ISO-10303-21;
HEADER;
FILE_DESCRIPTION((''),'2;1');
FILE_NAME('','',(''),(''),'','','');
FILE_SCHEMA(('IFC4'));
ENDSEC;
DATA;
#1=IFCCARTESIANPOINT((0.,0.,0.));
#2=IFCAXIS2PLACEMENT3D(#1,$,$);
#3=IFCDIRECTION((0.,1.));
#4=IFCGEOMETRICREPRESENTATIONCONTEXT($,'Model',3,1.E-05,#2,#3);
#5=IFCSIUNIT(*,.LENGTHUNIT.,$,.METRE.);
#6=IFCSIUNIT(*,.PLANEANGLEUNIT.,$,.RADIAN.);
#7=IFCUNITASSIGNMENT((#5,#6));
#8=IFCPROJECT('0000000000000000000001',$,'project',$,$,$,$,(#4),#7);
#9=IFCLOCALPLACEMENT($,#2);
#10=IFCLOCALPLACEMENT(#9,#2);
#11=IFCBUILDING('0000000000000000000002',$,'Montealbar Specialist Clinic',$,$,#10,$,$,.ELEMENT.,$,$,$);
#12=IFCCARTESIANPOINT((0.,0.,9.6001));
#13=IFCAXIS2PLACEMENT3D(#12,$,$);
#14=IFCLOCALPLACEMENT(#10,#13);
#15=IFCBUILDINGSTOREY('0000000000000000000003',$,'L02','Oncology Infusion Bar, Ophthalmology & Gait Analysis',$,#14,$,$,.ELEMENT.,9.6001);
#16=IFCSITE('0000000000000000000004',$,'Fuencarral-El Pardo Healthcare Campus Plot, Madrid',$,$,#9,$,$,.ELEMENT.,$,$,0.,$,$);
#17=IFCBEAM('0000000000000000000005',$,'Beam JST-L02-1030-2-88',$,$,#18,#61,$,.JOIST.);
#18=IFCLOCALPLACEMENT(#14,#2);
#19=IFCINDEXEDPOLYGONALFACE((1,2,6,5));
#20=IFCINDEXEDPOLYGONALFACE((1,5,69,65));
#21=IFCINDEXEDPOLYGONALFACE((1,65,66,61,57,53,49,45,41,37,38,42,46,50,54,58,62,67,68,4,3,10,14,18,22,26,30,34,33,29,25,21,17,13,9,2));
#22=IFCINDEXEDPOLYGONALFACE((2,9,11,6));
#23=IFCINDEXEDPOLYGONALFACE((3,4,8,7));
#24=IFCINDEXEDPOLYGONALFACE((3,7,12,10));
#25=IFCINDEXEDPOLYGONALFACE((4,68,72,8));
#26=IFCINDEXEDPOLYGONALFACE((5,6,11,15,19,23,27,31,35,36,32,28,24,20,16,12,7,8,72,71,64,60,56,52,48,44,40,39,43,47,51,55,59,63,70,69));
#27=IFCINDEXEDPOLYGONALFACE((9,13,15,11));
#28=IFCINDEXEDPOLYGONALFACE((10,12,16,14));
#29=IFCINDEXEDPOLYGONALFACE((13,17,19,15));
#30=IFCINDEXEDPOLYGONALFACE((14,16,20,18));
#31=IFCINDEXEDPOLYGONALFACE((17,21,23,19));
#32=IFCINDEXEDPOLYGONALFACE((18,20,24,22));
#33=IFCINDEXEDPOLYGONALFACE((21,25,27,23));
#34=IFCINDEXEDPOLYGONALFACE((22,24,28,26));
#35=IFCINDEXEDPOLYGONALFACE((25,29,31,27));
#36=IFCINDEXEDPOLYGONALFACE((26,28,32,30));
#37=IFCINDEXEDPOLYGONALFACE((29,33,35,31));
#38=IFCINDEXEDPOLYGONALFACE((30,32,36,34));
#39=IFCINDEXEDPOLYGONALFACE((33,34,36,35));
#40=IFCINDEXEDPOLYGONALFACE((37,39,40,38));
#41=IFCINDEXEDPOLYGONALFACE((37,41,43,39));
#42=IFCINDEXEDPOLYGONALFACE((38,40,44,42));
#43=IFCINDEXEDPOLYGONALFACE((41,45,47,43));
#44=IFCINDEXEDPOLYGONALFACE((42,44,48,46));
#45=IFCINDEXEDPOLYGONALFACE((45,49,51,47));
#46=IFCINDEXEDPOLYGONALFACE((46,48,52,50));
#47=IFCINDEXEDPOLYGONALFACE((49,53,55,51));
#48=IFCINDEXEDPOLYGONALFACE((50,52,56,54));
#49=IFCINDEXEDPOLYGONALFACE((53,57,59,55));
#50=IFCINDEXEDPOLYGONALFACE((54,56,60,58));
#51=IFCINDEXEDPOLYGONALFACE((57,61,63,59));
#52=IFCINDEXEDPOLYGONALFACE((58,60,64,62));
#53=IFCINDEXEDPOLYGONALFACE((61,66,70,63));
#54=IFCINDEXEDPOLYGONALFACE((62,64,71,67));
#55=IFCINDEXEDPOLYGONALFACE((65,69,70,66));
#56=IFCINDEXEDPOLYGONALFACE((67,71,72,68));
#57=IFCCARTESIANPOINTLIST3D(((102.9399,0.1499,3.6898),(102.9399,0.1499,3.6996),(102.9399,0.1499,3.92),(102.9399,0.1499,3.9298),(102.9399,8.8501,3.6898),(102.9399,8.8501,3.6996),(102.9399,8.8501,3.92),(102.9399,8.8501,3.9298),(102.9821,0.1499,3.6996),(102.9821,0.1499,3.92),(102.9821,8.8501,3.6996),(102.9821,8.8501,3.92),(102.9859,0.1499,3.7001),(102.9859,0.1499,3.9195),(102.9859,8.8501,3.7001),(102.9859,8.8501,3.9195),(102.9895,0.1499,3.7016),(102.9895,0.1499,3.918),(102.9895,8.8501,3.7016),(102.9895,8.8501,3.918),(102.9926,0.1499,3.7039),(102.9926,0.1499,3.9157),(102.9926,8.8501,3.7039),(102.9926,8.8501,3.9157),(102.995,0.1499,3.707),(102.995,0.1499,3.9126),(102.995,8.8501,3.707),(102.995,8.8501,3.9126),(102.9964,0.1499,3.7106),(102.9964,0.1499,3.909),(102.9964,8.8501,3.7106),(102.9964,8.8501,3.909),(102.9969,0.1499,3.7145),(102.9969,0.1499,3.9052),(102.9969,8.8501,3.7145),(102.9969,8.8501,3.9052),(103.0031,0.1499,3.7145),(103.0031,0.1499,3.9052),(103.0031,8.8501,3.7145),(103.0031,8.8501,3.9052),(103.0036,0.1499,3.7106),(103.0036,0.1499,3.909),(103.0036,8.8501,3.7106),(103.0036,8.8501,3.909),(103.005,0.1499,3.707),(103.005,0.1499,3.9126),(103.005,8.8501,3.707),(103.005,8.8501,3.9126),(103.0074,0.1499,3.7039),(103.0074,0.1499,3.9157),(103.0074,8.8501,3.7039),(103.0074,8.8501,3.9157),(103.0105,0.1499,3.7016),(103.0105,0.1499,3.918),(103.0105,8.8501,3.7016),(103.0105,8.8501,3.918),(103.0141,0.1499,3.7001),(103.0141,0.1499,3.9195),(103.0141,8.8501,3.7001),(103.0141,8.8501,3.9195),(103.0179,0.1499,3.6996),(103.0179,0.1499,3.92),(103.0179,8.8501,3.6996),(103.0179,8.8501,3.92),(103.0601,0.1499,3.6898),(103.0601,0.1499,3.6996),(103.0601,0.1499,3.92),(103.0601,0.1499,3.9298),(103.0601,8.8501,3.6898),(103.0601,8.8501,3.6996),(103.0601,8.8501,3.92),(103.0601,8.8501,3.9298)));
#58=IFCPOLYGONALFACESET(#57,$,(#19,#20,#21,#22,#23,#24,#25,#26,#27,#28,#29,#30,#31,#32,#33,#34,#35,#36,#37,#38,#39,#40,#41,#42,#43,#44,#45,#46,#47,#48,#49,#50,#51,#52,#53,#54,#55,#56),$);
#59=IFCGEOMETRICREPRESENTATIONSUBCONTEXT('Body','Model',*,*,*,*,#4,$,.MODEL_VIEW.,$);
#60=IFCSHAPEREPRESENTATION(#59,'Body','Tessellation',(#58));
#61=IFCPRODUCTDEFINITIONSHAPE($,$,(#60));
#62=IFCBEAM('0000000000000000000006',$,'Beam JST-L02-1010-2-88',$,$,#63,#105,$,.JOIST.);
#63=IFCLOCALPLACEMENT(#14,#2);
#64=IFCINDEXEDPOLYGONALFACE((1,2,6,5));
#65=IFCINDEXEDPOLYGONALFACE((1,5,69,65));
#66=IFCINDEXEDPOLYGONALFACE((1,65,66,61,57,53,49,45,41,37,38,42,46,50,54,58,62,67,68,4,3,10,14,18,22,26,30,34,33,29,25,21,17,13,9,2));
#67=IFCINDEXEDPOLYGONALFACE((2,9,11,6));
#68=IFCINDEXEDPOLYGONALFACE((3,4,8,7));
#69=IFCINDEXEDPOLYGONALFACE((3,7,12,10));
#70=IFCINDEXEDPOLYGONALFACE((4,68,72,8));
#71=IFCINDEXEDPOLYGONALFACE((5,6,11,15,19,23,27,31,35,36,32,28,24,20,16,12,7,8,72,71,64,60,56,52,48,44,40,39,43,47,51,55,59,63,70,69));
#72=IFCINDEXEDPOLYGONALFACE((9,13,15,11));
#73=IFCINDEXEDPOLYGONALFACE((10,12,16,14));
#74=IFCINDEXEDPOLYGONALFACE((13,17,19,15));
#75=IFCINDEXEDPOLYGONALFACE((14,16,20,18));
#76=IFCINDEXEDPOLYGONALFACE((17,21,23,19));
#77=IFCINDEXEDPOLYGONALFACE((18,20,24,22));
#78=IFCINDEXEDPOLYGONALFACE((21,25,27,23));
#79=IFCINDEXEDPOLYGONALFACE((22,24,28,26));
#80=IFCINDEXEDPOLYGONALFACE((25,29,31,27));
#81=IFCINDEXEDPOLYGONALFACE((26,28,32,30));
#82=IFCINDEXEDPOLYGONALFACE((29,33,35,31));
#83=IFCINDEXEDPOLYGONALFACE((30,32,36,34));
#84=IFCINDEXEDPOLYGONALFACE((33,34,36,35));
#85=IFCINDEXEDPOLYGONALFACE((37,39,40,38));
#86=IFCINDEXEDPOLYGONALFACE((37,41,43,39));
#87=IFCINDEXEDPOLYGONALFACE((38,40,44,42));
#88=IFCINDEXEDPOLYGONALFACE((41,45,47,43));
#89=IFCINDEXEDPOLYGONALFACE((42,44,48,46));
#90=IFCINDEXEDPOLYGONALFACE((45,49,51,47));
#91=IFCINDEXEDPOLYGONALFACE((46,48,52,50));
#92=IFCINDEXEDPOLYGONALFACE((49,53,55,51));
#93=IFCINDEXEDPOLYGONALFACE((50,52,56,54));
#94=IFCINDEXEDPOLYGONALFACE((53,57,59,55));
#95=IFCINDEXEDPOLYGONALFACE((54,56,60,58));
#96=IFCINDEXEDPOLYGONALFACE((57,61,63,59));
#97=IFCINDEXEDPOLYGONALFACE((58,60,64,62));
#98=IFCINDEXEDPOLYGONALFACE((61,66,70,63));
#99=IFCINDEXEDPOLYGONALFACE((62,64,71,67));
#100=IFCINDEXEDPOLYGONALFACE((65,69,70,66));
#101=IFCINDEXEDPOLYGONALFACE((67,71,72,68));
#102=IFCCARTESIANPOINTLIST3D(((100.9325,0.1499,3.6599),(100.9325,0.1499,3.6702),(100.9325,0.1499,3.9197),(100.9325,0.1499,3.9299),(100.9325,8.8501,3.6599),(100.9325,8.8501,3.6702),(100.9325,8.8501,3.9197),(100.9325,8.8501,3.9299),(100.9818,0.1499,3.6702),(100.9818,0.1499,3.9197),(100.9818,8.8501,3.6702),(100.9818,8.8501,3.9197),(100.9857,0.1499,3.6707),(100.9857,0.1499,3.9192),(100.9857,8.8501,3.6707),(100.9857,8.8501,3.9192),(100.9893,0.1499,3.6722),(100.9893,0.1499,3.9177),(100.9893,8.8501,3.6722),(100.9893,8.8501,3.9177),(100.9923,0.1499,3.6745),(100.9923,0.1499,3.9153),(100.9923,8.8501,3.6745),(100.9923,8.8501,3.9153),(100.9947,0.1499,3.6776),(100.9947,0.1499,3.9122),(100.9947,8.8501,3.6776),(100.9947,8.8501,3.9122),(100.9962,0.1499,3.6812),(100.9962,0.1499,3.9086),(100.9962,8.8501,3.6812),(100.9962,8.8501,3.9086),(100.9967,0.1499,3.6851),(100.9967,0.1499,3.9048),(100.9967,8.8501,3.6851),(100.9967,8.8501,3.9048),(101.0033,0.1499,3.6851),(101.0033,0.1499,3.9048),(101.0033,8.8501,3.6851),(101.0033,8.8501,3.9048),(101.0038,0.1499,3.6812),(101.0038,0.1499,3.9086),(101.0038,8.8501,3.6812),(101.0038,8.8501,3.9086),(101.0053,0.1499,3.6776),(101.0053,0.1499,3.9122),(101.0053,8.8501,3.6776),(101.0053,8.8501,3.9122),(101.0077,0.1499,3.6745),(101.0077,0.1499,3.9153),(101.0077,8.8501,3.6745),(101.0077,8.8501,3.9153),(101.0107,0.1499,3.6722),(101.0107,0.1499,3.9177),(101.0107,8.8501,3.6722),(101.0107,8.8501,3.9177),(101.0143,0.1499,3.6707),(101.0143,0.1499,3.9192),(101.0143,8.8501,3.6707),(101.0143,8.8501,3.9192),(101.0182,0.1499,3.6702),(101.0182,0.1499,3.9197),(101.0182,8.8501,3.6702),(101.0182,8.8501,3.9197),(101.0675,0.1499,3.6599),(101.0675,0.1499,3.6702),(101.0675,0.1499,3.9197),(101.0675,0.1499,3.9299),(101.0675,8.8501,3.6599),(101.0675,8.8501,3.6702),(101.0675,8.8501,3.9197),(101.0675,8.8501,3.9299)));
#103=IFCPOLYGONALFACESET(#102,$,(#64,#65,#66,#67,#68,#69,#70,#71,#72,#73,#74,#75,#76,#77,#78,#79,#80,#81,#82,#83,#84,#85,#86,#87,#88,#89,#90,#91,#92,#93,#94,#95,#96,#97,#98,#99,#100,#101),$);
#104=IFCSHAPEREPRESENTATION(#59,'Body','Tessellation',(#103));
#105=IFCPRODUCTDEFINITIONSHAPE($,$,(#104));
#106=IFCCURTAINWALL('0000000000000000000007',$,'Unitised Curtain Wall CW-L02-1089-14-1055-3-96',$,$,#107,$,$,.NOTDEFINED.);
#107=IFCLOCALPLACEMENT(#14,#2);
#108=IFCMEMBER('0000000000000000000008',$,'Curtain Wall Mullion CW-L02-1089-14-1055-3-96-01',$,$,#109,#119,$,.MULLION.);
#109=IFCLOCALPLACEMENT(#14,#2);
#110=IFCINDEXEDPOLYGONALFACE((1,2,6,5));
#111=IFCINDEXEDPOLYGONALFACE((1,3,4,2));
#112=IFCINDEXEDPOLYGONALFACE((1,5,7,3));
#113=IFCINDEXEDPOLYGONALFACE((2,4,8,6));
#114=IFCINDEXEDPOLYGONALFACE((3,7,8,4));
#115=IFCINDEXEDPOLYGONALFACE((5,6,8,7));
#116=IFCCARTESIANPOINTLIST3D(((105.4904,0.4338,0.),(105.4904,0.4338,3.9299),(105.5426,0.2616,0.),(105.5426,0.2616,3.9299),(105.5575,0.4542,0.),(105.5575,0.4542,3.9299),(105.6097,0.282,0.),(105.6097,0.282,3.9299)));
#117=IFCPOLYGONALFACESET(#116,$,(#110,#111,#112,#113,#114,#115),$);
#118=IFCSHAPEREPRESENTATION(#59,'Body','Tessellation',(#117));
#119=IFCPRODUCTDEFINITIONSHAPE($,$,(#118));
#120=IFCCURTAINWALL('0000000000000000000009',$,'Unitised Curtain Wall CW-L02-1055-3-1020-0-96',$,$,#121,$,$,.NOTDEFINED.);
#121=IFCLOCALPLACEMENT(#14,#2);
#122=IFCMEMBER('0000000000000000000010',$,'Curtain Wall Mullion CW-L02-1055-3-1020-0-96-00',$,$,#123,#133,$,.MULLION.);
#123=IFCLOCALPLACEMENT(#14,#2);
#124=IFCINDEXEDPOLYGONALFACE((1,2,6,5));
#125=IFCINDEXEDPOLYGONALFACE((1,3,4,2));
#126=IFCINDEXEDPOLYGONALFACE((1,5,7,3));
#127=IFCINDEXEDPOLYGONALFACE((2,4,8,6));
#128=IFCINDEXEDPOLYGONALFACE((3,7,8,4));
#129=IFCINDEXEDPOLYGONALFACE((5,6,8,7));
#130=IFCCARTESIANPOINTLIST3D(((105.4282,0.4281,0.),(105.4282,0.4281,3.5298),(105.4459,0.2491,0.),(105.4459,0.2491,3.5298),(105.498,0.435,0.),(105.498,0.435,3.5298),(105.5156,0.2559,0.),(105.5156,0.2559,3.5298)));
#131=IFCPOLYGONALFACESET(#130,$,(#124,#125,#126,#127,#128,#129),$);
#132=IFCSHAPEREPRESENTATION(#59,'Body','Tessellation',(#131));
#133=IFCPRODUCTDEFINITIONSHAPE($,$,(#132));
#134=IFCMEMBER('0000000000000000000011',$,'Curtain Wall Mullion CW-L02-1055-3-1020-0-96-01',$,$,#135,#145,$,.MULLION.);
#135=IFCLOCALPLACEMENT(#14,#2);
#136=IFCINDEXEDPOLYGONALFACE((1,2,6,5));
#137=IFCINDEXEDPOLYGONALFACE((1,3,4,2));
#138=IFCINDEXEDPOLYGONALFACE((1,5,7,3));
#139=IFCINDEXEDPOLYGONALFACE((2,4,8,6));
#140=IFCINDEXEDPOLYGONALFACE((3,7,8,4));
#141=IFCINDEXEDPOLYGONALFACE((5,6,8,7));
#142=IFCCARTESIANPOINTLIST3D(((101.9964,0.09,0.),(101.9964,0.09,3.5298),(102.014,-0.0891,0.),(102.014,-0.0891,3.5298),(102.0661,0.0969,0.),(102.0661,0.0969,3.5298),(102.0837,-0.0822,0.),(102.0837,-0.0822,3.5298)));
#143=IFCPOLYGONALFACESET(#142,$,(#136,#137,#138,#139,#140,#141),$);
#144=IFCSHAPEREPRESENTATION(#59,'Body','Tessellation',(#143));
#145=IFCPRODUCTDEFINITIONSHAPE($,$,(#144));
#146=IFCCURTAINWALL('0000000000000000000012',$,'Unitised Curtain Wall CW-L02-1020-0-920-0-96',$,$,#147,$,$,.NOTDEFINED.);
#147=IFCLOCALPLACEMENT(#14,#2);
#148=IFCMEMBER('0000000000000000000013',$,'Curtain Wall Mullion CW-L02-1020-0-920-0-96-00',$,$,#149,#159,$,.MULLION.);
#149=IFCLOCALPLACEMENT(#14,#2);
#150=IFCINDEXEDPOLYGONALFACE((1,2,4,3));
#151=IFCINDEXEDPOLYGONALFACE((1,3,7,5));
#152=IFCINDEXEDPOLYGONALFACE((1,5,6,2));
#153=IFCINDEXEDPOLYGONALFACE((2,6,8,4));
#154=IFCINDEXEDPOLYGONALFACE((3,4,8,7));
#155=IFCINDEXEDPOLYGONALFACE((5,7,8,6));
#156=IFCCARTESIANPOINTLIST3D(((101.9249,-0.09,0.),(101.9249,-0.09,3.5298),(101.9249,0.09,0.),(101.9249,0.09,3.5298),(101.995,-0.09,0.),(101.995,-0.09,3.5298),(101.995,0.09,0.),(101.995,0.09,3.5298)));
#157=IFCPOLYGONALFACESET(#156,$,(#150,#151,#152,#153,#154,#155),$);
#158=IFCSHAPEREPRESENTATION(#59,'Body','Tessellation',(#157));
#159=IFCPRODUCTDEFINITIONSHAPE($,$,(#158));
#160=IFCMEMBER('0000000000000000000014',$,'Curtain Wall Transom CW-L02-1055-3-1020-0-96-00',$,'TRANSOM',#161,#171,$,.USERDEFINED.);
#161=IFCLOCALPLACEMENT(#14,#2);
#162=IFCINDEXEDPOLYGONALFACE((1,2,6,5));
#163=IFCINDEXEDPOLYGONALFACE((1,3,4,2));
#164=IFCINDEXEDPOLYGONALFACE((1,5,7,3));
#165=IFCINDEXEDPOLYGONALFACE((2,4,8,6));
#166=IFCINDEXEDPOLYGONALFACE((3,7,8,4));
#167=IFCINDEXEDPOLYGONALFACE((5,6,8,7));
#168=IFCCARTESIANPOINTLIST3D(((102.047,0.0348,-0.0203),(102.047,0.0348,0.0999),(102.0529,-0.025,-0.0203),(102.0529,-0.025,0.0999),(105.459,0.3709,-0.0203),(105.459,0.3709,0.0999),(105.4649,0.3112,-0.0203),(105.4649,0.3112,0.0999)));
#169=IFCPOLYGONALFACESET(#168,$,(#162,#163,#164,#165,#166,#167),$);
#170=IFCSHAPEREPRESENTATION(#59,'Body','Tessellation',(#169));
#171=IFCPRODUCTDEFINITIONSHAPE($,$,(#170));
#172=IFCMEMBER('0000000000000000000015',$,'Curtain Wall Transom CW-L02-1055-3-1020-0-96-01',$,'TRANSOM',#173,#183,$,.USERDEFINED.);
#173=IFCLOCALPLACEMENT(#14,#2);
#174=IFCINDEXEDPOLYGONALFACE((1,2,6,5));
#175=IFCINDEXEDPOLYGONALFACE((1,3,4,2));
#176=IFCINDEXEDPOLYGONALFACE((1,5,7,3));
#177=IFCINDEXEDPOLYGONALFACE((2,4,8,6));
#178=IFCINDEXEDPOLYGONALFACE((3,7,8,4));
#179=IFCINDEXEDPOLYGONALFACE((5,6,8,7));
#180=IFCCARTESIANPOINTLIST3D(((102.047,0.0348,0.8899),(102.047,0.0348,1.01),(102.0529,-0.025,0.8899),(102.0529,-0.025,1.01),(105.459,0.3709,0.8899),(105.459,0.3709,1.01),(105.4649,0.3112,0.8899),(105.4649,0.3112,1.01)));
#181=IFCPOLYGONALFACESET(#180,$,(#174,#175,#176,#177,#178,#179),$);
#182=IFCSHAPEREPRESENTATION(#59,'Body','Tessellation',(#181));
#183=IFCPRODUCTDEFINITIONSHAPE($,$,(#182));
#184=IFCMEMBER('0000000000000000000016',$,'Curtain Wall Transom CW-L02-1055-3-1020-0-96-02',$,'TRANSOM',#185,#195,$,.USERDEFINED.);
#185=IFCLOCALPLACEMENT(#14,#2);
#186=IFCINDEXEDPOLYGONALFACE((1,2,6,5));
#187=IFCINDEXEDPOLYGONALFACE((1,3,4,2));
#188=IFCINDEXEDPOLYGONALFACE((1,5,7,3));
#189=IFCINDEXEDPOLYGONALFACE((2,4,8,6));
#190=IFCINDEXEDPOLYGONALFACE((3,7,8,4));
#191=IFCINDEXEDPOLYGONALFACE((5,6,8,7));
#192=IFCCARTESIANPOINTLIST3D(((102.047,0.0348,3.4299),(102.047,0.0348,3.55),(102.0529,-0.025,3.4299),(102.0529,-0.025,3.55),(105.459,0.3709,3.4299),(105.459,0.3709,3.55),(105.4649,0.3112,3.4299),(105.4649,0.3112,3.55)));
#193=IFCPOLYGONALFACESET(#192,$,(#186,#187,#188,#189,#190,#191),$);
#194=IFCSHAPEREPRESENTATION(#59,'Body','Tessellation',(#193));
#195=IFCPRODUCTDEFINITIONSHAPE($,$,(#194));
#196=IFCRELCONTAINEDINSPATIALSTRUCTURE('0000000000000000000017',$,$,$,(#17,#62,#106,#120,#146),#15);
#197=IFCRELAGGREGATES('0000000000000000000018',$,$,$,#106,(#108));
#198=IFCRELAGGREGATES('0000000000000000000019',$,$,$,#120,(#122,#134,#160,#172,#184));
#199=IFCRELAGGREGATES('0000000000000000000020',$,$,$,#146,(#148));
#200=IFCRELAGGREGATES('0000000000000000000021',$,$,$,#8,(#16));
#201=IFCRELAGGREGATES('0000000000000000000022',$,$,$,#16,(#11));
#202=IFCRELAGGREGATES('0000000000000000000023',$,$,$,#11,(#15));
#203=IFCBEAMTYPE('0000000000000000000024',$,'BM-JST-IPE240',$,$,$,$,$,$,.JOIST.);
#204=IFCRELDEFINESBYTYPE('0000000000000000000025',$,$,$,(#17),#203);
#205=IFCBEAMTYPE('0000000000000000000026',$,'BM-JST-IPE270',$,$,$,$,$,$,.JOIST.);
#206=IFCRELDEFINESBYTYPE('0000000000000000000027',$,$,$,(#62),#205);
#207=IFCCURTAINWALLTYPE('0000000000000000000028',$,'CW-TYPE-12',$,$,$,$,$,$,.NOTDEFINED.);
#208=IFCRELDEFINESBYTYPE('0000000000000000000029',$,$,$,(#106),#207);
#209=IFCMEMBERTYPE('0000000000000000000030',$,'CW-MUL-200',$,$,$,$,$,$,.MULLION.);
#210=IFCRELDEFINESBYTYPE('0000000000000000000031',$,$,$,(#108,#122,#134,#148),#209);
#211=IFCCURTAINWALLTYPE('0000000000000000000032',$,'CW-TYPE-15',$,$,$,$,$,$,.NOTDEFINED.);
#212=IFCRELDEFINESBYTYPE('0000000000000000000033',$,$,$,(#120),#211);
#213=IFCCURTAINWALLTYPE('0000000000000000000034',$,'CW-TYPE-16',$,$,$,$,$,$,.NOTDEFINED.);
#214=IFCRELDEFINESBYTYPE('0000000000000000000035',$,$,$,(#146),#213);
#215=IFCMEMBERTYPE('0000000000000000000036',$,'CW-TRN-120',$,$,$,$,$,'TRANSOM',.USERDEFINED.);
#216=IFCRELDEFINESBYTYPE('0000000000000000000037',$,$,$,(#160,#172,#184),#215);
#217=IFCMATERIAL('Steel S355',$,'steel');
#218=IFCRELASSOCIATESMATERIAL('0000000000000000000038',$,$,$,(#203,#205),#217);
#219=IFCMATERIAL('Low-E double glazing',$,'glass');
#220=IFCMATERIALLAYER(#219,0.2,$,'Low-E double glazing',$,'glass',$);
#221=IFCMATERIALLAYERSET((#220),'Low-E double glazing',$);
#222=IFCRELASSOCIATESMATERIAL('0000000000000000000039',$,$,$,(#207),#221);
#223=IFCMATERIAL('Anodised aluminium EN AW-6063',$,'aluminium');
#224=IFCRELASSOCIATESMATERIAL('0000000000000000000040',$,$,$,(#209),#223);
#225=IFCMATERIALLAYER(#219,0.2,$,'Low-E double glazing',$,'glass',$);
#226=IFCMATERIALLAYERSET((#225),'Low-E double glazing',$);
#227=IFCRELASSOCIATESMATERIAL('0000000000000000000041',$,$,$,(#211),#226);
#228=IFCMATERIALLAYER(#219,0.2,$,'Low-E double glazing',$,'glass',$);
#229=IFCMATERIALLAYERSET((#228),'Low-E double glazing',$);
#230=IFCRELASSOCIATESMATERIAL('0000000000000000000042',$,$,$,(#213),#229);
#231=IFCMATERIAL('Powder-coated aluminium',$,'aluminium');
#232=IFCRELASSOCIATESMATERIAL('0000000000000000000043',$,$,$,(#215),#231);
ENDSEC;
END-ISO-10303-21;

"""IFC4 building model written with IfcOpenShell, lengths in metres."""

from ifc_helpers import new_model, si_unit, direction, frame, origin, origin_2d, place, context, subcontext, project, spatial, rectangle, i_section, extrude, material, layer, layer_set, material_profile, profile_set, type_object, element, aggregate, save


model = new_model("IFC4")

# Units and contexts
model_context = context("Model", 3, precision=1e-05, world=origin(), true_north=direction((0.0, 1.0)))
body_context = subcontext(model_context, "Body", "Model", "MODEL_VIEW")
ifc_project = project(units=[si_unit("LENGTHUNIT", "METRE"), si_unit("PLANEANGLEUNIT", "RADIAN")], contexts=[model_context])

# Site, building, storey
site_placement = place(None, origin())
site = spatial("IfcSite", under=ifc_project, at=site_placement, Name="Fuencarral-El Pardo Healthcare Campus Plot, Madrid", CompositionType="ELEMENT", RefElevation=0.0)
building_placement = place(site_placement, origin())
building = spatial("IfcBuilding", under=site, at=building_placement, Name="Montealbar Specialist Clinic", CompositionType="ELEMENT")
storey_placement = place(building_placement, frame((0.0, 0.0, 9.6001)))
storey = spatial("IfcBuildingStorey", under=building, at=storey_placement, Name="L02", Description="Oncology Infusion Bar, Ophthalmology & Gait Analysis", CompositionType="ELEMENT", Elevation=9.6001)

# Shared definitions
ifc_material_1 = material(Name="Steel S355", Category="steel")

# Beams
ifc_material_profile_1 = material_profile(ifc_material_1, i_section(OverallWidth=0.1201, OverallDepth=0.24, WebThickness=0.0061, FlangeThickness=0.0098, FilletRadius=0.0149, at=origin_2d()), Name="IPE 240", Category="steel")
ifc_profile_set_1 = profile_set([ifc_material_profile_1], Name="Steel S355")
beam_type_1 = type_object("IfcBeamType", Name="BM-JST-IPE240", PredefinedType="JOIST", material=ifc_profile_set_1)
beam_1_placement = place(storey_placement, frame((103.0, 0.1499, 3.8098), z_axis=(0.0, 1.0, 0.0), x_axis=(-1.0, 0.0, 0.0)))
element("IfcBeam", 1, at=beam_1_placement, inside=storey, type_object=beam_type_1, Name="Beam JST-L02-1030-2-88", PredefinedType="JOIST", context=body_context, shape_type="SweptSolid", body=[
    extrude(i_section(OverallWidth=0.1201, OverallDepth=0.24, WebThickness=0.0061, FlangeThickness=0.0098, FilletRadius=0.0149, at=origin_2d()), origin(), (0.0, 0.0, 1.0), 8.7002),
])
ifc_material_profile_2 = material_profile(ifc_material_1, i_section(OverallWidth=0.135, OverallDepth=0.27, WebThickness=0.0066, FlangeThickness=0.0103, FilletRadius=0.0149, at=origin_2d()), Name="IPE 270", Category="steel")
ifc_profile_set_2 = profile_set([ifc_material_profile_2], Name="Steel S355")
beam_type_2 = type_object("IfcBeamType", Name="BM-JST-IPE270", PredefinedType="JOIST", material=ifc_profile_set_2)
beam_2_placement = place(storey_placement, frame((101.0, 0.1499, 3.7949), z_axis=(0.0, 1.0, 0.0), x_axis=(-1.0, 0.0, 0.0)))
element("IfcBeam", 2, at=beam_2_placement, inside=storey, type_object=beam_type_2, Name="Beam JST-L02-1010-2-88", PredefinedType="JOIST", context=body_context, shape_type="SweptSolid", body=[
    extrude(i_section(OverallWidth=0.135, OverallDepth=0.27, WebThickness=0.0066, FlangeThickness=0.0103, FilletRadius=0.0149, at=origin_2d()), origin(), (0.0, 0.0, 1.0), 8.7002),
])

# Curtain wall, member
ifc_material_2 = material(Name="Low-E double glazing", Category="glass")
ifc_layer_1 = layer(ifc_material_2, 0.2, Name="Low-E double glazing", Category="glass")
ifc_layer_set_1 = layer_set([ifc_layer_1], Name="Low-E double glazing")
curtain_wall_type_1 = type_object("IfcCurtainWallType", Name="CW-TYPE-12", PredefinedType="NOTDEFINED", material=ifc_layer_set_1)
curtain_wall_1_placement = place(storey_placement, origin())
curtain_wall_1 = element("IfcCurtainWall", 3, at=curtain_wall_1_placement, inside=storey, type_object=curtain_wall_type_1, Name="Unitised Curtain Wall CW-L02-1089-14-1055-3-96", PredefinedType="NOTDEFINED")
ifc_material_3 = material(Name="Anodised aluminium EN AW-6063", Category="aluminium")
ifc_material_profile_3 = material_profile(ifc_material_3, rectangle(XDim=0.0701, YDim=0.1799, at=origin_2d()), Name="ALU 70x180", Category="aluminium")
ifc_profile_set_3 = profile_set([ifc_material_profile_3], Name="Anodised aluminium EN AW-6063")
member_type_1 = type_object("IfcMemberType", Name="CW-MUL-200", PredefinedType="MULLION", material=ifc_profile_set_3)
member_1_placement = place(storey_placement, frame((105.55, 0.3579, 0.0), z_axis=(0.0, 0.0, 1.0), x_axis=(-0.956948, -0.290259, 0.0)))
member_1 = element("IfcMember", 4, at=member_1_placement, type_object=member_type_1, Name="Curtain Wall Mullion CW-L02-1089-14-1055-3-96-01", PredefinedType="MULLION", context=body_context, shape_type="SweptSolid", body=[
    extrude(rectangle(XDim=0.0701, YDim=0.1799, at=origin_2d()), origin(), (0.0, 0.0, 1.0), 3.9299),
])

# Curtain wall, members
ifc_layer_2 = layer(ifc_material_2, 0.2, Name="Low-E double glazing", Category="glass")
ifc_layer_set_2 = layer_set([ifc_layer_2], Name="Low-E double glazing")
curtain_wall_type_2 = type_object("IfcCurtainWallType", Name="CW-TYPE-15", PredefinedType="NOTDEFINED", material=ifc_layer_set_2)
curtain_wall_2_placement = place(storey_placement, origin())
curtain_wall_2 = element("IfcCurtainWall", 5, at=curtain_wall_2_placement, inside=storey, type_object=curtain_wall_type_2, Name="Unitised Curtain Wall CW-L02-1055-3-1020-0-96", PredefinedType="NOTDEFINED")
member_2_placement = place(storey_placement, frame((105.4719, 0.342, 0.0), z_axis=(0.0, 0.0, 1.0), x_axis=(-0.995182, -0.098045, 0.0)))
member_2 = element("IfcMember", 6, at=member_2_placement, type_object=member_type_1, Name="Curtain Wall Mullion CW-L02-1055-3-1020-0-96-00", PredefinedType="MULLION", context=body_context, shape_type="SweptSolid", body=[
    extrude(rectangle(XDim=0.0701, YDim=0.1799, at=origin_2d()), origin(), (0.0, 0.0, 1.0), 3.5298),
])
member_3_placement = place(storey_placement, frame((102.04, 0.0039, 0.0), z_axis=(0.0, 0.0, 1.0), x_axis=(-0.995182, -0.098045, 0.0)))
member_3 = element("IfcMember", 7, at=member_3_placement, type_object=member_type_1, Name="Curtain Wall Mullion CW-L02-1055-3-1020-0-96-01", PredefinedType="MULLION", context=body_context, shape_type="SweptSolid", body=[
    extrude(rectangle(XDim=0.0701, YDim=0.1799, at=origin_2d()), origin(), (0.0, 0.0, 1.0), 3.5298),
])

# Curtain wall, member
ifc_layer_3 = layer(ifc_material_2, 0.2, Name="Low-E double glazing", Category="glass")
ifc_layer_set_3 = layer_set([ifc_layer_3], Name="Low-E double glazing")
curtain_wall_type_3 = type_object("IfcCurtainWallType", Name="CW-TYPE-16", PredefinedType="NOTDEFINED", material=ifc_layer_set_3)
curtain_wall_3_placement = place(storey_placement, origin())
curtain_wall_3 = element("IfcCurtainWall", 8, at=curtain_wall_3_placement, inside=storey, type_object=curtain_wall_type_3, Name="Unitised Curtain Wall CW-L02-1020-0-920-0-96", PredefinedType="NOTDEFINED")
member_4_placement = place(storey_placement, frame((101.96, 0.0, 0.0), z_axis=(0.0, 0.0, 1.0), x_axis=(-1.0, 0.0, 0.0)))
member_4 = element("IfcMember", 9, at=member_4_placement, type_object=member_type_1, Name="Curtain Wall Mullion CW-L02-1020-0-920-0-96-00", PredefinedType="MULLION", context=body_context, shape_type="SweptSolid", body=[
    extrude(rectangle(XDim=0.0701, YDim=0.1799, at=origin_2d()), origin(), (0.0, 0.0, 1.0), 3.5298),
])

# Members
ifc_material_4 = material(Name="Powder-coated aluminium", Category="aluminium")
ifc_material_profile_4 = material_profile(ifc_material_4, rectangle(XDim=0.0601, YDim=0.1201, at=origin_2d()), Name="ALU 60x120", Category="aluminium")
ifc_profile_set_4 = profile_set([ifc_material_profile_4], Name="Powder-coated aluminium")
member_type_2 = type_object("IfcMemberType", Name="CW-TRN-120", ElementType="TRANSOM", PredefinedType="USERDEFINED", material=ifc_profile_set_4)
member_5_placement = place(storey_placement, frame((105.4619, 0.3411, 0.0398), z_axis=(-0.995181, -0.098058, 0.0), x_axis=(0.098058, -0.995181, 0.0)))
member_5 = element("IfcMember", 10, at=member_5_placement, type_object=member_type_2, Name="Curtain Wall Transom CW-L02-1055-3-1020-0-96-00", ObjectType="TRANSOM", PredefinedType="USERDEFINED", context=body_context, shape_type="SweptSolid", body=[
    extrude(rectangle(XDim=0.0601, YDim=0.1201, at=origin_2d()), origin(), (0.0, 0.0, 1.0), 3.4285),
])
member_6_placement = place(storey_placement, frame((105.4619, 0.3411, 0.95), z_axis=(-0.995181, -0.098058, 0.0), x_axis=(0.098058, -0.995181, 0.0)))
member_6 = element("IfcMember", 11, at=member_6_placement, type_object=member_type_2, Name="Curtain Wall Transom CW-L02-1055-3-1020-0-96-01", ObjectType="TRANSOM", PredefinedType="USERDEFINED", context=body_context, shape_type="SweptSolid", body=[
    extrude(rectangle(XDim=0.0601, YDim=0.1201, at=origin_2d()), origin(), (0.0, 0.0, 1.0), 3.4285),
])
member_7_placement = place(storey_placement, frame((105.4619, 0.3411, 3.49), z_axis=(-0.995181, -0.098058, 0.0), x_axis=(0.098058, -0.995181, 0.0)))
member_7 = element("IfcMember", 12, at=member_7_placement, type_object=member_type_2, Name="Curtain Wall Transom CW-L02-1055-3-1020-0-96-02", ObjectType="TRANSOM", PredefinedType="USERDEFINED", context=body_context, shape_type="SweptSolid", body=[
    extrude(rectangle(XDim=0.0601, YDim=0.1201, at=origin_2d()), origin(), (0.0, 0.0, 1.0), 3.4285),
])

aggregate(curtain_wall_1, [member_1])
aggregate(curtain_wall_2, [member_2, member_3, member_5, member_6, member_7])
aggregate(curtain_wall_3, [member_4])

save(model, "model.ifc")
